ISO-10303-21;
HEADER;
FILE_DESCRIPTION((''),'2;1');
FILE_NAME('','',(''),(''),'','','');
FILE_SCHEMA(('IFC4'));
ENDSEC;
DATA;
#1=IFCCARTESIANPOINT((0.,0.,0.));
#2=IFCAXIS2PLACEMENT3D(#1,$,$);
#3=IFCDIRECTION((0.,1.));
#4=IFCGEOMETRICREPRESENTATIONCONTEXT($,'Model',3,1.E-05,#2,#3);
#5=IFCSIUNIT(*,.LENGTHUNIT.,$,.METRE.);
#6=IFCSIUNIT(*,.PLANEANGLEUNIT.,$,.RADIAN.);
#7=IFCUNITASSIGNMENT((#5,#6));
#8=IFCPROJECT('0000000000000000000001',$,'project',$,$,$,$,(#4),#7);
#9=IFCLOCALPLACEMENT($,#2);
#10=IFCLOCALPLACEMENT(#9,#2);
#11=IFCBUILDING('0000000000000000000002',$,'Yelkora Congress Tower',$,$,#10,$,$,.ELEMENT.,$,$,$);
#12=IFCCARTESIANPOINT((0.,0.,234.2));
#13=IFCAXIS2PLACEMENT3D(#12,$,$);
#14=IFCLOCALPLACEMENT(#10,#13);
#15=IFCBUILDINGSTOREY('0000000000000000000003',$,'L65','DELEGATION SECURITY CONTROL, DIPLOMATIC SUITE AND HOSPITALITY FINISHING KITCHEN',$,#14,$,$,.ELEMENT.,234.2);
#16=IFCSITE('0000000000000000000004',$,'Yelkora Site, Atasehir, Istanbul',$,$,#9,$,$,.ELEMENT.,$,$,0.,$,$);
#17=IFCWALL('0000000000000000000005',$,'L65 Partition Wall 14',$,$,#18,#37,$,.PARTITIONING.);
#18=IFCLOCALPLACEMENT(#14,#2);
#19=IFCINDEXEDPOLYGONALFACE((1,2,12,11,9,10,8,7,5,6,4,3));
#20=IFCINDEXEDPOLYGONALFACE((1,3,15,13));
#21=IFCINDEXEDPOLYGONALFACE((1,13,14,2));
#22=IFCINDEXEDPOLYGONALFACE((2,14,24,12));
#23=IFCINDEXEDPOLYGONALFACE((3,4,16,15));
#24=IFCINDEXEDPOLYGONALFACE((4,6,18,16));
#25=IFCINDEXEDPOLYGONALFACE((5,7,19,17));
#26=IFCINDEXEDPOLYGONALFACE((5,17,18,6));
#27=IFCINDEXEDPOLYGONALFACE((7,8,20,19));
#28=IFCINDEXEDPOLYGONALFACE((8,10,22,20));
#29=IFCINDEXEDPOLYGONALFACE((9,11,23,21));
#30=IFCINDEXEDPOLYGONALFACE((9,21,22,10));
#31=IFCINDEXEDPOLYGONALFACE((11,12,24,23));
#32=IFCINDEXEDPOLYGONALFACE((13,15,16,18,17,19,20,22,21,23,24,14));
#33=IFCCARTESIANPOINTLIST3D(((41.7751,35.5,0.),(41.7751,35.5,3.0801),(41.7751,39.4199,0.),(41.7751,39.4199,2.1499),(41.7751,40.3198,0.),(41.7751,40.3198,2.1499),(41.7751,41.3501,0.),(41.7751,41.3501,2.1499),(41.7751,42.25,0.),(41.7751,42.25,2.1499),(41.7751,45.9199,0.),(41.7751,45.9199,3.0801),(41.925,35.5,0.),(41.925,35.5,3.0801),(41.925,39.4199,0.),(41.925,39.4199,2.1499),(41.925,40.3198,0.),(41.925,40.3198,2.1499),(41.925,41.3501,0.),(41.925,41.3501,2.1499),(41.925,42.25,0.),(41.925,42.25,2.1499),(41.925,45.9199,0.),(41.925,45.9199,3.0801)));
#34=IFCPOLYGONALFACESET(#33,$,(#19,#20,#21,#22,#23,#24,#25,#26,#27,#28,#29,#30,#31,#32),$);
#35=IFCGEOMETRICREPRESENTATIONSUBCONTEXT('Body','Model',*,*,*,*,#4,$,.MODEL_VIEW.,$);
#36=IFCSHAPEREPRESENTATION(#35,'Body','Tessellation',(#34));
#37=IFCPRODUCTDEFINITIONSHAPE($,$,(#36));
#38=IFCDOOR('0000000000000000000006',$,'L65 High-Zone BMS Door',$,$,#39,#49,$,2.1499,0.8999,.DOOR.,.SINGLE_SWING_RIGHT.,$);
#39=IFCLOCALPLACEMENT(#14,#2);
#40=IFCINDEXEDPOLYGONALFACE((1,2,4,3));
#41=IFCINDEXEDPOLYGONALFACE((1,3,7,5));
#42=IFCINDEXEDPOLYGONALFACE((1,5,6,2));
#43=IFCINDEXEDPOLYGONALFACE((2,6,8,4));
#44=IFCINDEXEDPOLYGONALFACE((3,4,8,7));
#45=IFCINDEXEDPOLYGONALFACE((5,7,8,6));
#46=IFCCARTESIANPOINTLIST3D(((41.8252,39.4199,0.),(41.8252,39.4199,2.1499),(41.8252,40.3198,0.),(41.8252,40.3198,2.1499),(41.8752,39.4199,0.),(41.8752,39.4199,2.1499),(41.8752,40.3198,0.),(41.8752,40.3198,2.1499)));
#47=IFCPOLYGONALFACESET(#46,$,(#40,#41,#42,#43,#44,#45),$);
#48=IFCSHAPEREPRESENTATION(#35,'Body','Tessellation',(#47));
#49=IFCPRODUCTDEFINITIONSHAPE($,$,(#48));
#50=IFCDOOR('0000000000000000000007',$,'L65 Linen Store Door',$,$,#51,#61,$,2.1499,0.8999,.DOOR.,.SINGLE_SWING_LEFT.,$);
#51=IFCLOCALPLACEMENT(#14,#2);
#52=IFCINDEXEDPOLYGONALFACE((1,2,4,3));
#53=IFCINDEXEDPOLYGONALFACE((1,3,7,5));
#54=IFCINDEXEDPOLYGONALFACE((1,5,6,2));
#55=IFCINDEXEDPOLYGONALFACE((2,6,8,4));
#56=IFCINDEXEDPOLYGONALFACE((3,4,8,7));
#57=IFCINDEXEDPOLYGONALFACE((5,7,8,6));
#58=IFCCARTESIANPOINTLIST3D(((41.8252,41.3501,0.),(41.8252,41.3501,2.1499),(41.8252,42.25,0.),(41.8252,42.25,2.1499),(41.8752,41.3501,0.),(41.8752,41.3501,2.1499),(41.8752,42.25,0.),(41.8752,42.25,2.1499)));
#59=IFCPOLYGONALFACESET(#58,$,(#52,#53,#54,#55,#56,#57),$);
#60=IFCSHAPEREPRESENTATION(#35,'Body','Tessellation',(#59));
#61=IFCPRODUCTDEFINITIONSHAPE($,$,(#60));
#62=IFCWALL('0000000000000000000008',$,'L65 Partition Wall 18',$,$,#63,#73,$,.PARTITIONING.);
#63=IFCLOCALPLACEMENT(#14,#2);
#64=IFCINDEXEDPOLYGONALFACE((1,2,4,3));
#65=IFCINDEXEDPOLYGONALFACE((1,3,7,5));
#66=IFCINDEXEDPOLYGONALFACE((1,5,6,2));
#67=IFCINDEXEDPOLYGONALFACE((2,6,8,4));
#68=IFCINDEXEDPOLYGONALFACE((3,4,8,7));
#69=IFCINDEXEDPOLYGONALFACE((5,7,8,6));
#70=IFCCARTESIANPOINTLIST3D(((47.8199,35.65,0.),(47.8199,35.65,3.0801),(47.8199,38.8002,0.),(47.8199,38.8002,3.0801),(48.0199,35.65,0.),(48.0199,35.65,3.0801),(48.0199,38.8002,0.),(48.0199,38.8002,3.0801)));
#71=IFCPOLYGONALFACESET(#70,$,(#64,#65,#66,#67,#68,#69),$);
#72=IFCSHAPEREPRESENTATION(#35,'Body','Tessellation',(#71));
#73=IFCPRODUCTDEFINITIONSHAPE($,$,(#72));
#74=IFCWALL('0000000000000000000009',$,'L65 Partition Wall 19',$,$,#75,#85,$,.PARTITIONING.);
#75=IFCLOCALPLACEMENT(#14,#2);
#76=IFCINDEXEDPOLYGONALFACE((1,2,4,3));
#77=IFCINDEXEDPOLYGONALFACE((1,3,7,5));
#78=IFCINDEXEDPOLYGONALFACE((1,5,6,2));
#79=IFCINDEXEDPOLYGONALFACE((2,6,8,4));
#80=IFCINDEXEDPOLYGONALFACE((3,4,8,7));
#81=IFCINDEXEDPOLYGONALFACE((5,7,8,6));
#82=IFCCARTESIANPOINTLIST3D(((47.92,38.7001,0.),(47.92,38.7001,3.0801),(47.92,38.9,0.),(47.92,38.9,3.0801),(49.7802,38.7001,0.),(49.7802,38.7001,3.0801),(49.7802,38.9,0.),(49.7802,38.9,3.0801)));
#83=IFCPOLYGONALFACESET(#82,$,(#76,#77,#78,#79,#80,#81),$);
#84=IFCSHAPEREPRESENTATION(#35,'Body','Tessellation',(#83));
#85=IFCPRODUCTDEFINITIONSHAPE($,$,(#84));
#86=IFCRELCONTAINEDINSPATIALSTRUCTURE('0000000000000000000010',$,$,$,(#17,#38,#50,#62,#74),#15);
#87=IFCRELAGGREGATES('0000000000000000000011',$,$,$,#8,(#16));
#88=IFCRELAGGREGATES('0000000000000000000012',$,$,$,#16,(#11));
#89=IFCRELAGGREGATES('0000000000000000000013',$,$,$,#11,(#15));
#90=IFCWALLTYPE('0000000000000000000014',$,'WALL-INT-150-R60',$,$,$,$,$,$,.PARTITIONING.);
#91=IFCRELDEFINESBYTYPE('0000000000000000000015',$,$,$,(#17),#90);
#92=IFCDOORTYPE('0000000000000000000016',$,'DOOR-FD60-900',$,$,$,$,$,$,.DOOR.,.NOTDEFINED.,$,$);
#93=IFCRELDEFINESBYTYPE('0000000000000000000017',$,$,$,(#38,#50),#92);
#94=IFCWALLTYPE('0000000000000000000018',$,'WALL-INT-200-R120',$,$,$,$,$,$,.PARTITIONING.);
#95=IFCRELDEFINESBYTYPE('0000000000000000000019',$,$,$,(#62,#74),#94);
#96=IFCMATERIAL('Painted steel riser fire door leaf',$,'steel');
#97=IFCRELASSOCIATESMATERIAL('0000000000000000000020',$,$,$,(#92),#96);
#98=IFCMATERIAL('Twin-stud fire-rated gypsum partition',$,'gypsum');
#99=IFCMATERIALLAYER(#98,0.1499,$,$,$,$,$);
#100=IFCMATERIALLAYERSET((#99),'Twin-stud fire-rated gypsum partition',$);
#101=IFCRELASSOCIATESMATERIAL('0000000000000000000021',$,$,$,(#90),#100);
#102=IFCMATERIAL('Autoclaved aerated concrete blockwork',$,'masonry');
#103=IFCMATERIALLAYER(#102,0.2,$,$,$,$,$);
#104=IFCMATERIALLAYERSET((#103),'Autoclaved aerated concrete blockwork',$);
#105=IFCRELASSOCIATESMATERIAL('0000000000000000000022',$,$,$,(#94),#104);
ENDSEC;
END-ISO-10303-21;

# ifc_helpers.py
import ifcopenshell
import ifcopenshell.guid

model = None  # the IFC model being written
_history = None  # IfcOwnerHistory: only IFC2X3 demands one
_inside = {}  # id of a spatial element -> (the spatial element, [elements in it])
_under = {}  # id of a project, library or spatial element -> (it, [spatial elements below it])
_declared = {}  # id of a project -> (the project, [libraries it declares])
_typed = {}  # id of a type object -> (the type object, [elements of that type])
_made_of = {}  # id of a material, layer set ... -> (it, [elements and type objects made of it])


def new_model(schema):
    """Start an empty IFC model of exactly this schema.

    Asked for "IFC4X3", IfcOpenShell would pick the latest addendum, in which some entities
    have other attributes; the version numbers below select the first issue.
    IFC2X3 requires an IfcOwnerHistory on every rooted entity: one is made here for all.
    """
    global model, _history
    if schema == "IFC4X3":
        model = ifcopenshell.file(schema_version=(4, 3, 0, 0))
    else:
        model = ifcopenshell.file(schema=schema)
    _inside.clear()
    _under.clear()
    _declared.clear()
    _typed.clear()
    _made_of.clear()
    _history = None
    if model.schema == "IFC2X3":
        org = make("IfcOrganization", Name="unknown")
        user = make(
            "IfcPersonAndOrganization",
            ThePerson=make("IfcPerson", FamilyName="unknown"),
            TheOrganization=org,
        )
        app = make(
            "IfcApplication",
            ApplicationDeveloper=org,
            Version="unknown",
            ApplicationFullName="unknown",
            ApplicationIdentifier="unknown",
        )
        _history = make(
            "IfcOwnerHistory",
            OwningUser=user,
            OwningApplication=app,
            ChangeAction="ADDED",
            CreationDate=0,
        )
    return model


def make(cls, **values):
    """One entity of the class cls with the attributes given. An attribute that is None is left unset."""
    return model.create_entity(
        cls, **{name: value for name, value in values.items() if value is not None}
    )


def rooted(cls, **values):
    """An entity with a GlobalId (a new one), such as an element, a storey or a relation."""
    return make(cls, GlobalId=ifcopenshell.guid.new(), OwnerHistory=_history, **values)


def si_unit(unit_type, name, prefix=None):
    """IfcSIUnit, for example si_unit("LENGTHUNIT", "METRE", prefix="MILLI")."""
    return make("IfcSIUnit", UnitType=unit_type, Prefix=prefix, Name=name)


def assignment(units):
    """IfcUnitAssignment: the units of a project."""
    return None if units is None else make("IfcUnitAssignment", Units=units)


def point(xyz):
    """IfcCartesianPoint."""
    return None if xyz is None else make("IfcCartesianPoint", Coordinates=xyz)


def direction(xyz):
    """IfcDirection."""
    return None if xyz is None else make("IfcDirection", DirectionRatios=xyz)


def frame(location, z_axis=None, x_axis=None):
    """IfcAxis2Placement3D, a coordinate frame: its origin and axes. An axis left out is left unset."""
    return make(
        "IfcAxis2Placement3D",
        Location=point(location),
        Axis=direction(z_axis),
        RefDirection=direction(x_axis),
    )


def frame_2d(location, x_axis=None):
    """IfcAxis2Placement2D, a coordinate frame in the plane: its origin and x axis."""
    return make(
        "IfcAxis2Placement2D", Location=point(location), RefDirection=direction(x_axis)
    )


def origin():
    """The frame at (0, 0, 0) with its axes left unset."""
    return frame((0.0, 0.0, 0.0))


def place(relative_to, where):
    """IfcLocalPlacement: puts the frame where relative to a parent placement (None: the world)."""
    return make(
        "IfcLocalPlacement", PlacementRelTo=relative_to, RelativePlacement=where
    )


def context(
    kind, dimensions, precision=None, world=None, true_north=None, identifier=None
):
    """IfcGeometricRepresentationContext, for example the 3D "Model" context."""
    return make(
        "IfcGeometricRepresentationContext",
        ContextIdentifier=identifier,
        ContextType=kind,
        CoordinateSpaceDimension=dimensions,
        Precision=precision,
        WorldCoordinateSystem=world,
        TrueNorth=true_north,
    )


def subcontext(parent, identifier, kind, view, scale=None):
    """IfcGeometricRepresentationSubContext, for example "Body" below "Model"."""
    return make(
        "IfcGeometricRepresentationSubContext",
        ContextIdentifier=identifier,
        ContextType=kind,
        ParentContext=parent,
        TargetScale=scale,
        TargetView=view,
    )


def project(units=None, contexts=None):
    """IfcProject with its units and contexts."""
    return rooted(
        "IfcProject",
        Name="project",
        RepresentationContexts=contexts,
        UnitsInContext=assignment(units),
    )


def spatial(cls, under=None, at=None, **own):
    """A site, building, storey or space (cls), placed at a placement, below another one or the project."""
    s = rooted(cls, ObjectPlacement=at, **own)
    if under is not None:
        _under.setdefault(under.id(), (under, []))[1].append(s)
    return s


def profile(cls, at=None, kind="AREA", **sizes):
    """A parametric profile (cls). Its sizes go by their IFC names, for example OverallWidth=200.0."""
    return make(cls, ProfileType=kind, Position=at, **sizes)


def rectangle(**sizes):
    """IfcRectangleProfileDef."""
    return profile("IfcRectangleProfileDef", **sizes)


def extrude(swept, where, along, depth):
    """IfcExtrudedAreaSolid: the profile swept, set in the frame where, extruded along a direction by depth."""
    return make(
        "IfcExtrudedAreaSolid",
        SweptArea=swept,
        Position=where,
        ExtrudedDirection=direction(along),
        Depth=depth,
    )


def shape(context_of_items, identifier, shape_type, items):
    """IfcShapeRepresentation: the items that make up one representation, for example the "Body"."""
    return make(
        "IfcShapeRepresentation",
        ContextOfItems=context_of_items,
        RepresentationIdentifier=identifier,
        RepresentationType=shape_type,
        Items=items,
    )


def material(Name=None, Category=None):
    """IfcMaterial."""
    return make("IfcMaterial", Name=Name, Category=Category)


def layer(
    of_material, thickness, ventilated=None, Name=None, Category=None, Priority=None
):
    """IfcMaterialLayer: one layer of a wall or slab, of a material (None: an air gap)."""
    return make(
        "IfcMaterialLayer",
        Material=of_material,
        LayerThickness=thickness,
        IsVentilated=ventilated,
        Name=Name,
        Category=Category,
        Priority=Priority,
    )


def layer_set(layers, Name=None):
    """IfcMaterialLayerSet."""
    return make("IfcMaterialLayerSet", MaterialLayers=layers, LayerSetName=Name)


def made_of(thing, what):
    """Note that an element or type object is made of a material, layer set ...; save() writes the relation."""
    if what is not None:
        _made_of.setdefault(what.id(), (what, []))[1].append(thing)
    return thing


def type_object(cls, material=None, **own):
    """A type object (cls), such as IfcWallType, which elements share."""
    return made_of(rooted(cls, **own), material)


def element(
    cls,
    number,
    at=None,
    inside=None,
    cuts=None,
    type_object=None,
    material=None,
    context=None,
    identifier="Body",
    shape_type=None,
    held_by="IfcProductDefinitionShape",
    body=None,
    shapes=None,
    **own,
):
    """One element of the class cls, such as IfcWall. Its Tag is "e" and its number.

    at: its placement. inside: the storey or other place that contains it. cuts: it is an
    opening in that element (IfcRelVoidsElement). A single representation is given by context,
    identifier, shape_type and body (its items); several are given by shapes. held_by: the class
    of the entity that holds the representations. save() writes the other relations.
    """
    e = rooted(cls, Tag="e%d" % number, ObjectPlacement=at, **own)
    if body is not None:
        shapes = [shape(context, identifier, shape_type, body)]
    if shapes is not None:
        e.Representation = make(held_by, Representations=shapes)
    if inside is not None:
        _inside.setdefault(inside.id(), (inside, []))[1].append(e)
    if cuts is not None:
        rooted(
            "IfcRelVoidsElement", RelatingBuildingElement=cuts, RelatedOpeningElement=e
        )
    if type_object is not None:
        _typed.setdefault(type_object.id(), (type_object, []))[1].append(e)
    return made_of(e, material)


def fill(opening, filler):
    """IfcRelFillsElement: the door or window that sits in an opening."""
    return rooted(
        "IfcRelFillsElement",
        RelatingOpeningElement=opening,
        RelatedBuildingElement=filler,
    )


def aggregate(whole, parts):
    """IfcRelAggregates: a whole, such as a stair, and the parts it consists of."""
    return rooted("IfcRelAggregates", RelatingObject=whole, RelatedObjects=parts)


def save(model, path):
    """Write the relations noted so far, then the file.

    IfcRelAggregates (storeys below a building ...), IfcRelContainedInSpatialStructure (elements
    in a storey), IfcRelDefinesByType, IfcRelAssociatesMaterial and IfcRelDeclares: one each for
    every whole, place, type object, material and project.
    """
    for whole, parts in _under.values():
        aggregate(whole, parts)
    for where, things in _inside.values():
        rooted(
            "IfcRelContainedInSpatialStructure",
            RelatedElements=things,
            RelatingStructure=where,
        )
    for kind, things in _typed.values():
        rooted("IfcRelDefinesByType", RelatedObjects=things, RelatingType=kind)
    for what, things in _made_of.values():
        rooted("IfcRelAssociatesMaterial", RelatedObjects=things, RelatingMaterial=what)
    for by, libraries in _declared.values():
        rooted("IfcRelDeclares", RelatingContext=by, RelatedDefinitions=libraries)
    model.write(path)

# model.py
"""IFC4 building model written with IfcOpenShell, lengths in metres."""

from ifc_helpers import new_model, si_unit, direction, frame, frame_2d, origin, place, context, subcontext, project, spatial, rectangle, extrude, material, layer, layer_set, type_object, element, fill, save


model = new_model("IFC4")

# Units and contexts
model_context = context("Model", 3, precision=1e-05, world=origin(), true_north=direction((0.0, 1.0)))
body_context = subcontext(model_context, "Body", "Model", "MODEL_VIEW")
ifc_project = project(units=[si_unit("LENGTHUNIT", "METRE"), si_unit("PLANEANGLEUNIT", "RADIAN")], contexts=[model_context])

# Site, building, storey
site_placement = place(None, origin())
site = spatial("IfcSite", under=ifc_project, at=site_placement, Name="Yelkora Site, Atasehir, Istanbul", CompositionType="ELEMENT", RefElevation=0.0)
building_placement = place(site_placement, origin())
building = spatial("IfcBuilding", under=site, at=building_placement, Name="Yelkora Congress Tower", CompositionType="ELEMENT")
storey_placement = place(building_placement, frame((0.0, 0.0, 234.2)))
storey = spatial("IfcBuildingStorey", under=building, at=storey_placement, Name="L65", Description="DELEGATION SECURITY CONTROL, DIPLOMATIC SUITE AND HOSPITALITY FINISHING KITCHEN", CompositionType="ELEMENT", Elevation=234.2)

# Shared definitions
ifc_material_1 = material(Name="Painted steel riser fire door leaf", Category="steel")
door_type_1 = type_object("IfcDoorType", Name="DOOR-FD60-900", OperationType="NOTDEFINED", PredefinedType="DOOR", material=ifc_material_1)

# Shared definitions
ifc_material_2 = material(Name="Twin-stud fire-rated gypsum partition", Category="gypsum")
ifc_layer_1 = layer(ifc_material_2, 0.1499)
ifc_layer_set_1 = layer_set([ifc_layer_1], Name="Twin-stud fire-rated gypsum partition")
wall_type_1 = type_object("IfcWallType", Name="WALL-INT-150-R60", PredefinedType="PARTITIONING", material=ifc_layer_set_1)

# Wall, openings, doors
wall_1_placement = place(storey_placement, frame((41.8501, 35.5, 0.0), z_axis=(0.0, 0.0, 1.0), x_axis=(0.0, 1.0, 0.0)))
wall_1 = element("IfcWall", 1, at=wall_1_placement, inside=storey, type_object=wall_type_1, Name="L65 Partition Wall 14", PredefinedType="PARTITIONING", context=body_context, shape_type="SweptSolid", body=[
    extrude(rectangle(XDim=10.4199, YDim=0.1499, at=frame_2d((5.21, 0.0))), origin(), (0.0, 0.0, 1.0), 3.0801),
])
opening_1_placement = place(wall_1_placement, frame((3.9199, 0.0, 0.0)))
opening_1 = element("IfcOpeningElement", 2, at=opening_1_placement, cuts=wall_1, PredefinedType="OPENING", context=body_context, shape_type="SweptSolid", body=[
    extrude(rectangle(XDim=0.8999, YDim=2.1499, at=frame_2d((0.45, 1.075))), frame((0.0, 0.085, 0.0), z_axis=(0.0, -1.0, 0.0), x_axis=(1.0, 0.0, 0.0)), (0.0, 0.0, 1.0), 0.1699),
])
opening_2_placement = place(wall_1_placement, frame((5.8501, 0.0, 0.0)))
opening_2 = element("IfcOpeningElement", 3, at=opening_2_placement, cuts=wall_1, PredefinedType="OPENING", context=body_context, shape_type="SweptSolid", body=[
    extrude(rectangle(XDim=0.8999, YDim=2.1499, at=frame_2d((0.45, 1.075))), frame((0.0, 0.085, 0.0), z_axis=(0.0, -1.0, 0.0), x_axis=(1.0, 0.0, 0.0)), (0.0, 0.0, 1.0), 0.1699),
])
door_1_placement = place(opening_1_placement, origin())
door_1 = element("IfcDoor", 4, at=door_1_placement, inside=storey, type_object=door_type_1, Name="L65 High-Zone BMS Door", OperationType="SINGLE_SWING_RIGHT", OverallHeight=2.1499, OverallWidth=0.8999, PredefinedType="DOOR", context=body_context, shape_type="SweptSolid", body=[
    extrude(rectangle(XDim=0.8999, YDim=2.1499, at=frame_2d((0.45, 1.075))), frame((0.0, 0.0249, 0.0), z_axis=(0.0, -1.0, 0.0), x_axis=(1.0, 0.0, 0.0)), (0.0, 0.0, 1.0), 0.05),
])
fill(opening_1, door_1)
door_2_placement = place(opening_2_placement, origin())
door_2 = element("IfcDoor", 5, at=door_2_placement, inside=storey, type_object=door_type_1, Name="L65 Linen Store Door", OperationType="SINGLE_SWING_LEFT", OverallHeight=2.1499, OverallWidth=0.8999, PredefinedType="DOOR", context=body_context, shape_type="SweptSolid", body=[
    extrude(rectangle(XDim=0.8999, YDim=2.1499, at=frame_2d((0.45, 1.075))), frame((0.0, 0.0249, 0.0), z_axis=(0.0, -1.0, 0.0), x_axis=(1.0, 0.0, 0.0)), (0.0, 0.0, 1.0), 0.05),
])
fill(opening_2, door_2)

# Walls
ifc_material_3 = material(Name="Autoclaved aerated concrete blockwork", Category="masonry")
ifc_layer_2 = layer(ifc_material_3, 0.2)
ifc_layer_set_2 = layer_set([ifc_layer_2], Name="Autoclaved aerated concrete blockwork")
wall_type_2 = type_object("IfcWallType", Name="WALL-INT-200-R120", PredefinedType="PARTITIONING", material=ifc_layer_set_2)
wall_2_placement = place(storey_placement, frame((47.9199, 35.6499, 0.0), z_axis=(0.0, 0.0, 1.0), x_axis=(0.0, 1.0, 0.0)))
element("IfcWall", 6, at=wall_2_placement, inside=storey, type_object=wall_type_2, Name="L65 Partition Wall 18", PredefinedType="PARTITIONING", context=body_context, shape_type="SweptSolid", body=[
    extrude(rectangle(XDim=3.1501, YDim=0.2, at=frame_2d((1.5752, 0.0))), origin(), (0.0, 0.0, 1.0), 3.0801),
])
wall_3_placement = place(storey_placement, frame((47.9199, 38.8, 0.0), z_axis=(0.0, 0.0, 1.0), x_axis=(1.0, 0.0, 0.0)))
element("IfcWall", 7, at=wall_3_placement, inside=storey, type_object=wall_type_2, Name="L65 Partition Wall 19", PredefinedType="PARTITIONING", context=body_context, shape_type="SweptSolid", body=[
    extrude(rectangle(XDim=1.8601, YDim=0.2, at=frame_2d((0.9302, 0.0))), origin(), (0.0, 0.0, 1.0), 3.0801),
])

save(model, "model.ifc")
